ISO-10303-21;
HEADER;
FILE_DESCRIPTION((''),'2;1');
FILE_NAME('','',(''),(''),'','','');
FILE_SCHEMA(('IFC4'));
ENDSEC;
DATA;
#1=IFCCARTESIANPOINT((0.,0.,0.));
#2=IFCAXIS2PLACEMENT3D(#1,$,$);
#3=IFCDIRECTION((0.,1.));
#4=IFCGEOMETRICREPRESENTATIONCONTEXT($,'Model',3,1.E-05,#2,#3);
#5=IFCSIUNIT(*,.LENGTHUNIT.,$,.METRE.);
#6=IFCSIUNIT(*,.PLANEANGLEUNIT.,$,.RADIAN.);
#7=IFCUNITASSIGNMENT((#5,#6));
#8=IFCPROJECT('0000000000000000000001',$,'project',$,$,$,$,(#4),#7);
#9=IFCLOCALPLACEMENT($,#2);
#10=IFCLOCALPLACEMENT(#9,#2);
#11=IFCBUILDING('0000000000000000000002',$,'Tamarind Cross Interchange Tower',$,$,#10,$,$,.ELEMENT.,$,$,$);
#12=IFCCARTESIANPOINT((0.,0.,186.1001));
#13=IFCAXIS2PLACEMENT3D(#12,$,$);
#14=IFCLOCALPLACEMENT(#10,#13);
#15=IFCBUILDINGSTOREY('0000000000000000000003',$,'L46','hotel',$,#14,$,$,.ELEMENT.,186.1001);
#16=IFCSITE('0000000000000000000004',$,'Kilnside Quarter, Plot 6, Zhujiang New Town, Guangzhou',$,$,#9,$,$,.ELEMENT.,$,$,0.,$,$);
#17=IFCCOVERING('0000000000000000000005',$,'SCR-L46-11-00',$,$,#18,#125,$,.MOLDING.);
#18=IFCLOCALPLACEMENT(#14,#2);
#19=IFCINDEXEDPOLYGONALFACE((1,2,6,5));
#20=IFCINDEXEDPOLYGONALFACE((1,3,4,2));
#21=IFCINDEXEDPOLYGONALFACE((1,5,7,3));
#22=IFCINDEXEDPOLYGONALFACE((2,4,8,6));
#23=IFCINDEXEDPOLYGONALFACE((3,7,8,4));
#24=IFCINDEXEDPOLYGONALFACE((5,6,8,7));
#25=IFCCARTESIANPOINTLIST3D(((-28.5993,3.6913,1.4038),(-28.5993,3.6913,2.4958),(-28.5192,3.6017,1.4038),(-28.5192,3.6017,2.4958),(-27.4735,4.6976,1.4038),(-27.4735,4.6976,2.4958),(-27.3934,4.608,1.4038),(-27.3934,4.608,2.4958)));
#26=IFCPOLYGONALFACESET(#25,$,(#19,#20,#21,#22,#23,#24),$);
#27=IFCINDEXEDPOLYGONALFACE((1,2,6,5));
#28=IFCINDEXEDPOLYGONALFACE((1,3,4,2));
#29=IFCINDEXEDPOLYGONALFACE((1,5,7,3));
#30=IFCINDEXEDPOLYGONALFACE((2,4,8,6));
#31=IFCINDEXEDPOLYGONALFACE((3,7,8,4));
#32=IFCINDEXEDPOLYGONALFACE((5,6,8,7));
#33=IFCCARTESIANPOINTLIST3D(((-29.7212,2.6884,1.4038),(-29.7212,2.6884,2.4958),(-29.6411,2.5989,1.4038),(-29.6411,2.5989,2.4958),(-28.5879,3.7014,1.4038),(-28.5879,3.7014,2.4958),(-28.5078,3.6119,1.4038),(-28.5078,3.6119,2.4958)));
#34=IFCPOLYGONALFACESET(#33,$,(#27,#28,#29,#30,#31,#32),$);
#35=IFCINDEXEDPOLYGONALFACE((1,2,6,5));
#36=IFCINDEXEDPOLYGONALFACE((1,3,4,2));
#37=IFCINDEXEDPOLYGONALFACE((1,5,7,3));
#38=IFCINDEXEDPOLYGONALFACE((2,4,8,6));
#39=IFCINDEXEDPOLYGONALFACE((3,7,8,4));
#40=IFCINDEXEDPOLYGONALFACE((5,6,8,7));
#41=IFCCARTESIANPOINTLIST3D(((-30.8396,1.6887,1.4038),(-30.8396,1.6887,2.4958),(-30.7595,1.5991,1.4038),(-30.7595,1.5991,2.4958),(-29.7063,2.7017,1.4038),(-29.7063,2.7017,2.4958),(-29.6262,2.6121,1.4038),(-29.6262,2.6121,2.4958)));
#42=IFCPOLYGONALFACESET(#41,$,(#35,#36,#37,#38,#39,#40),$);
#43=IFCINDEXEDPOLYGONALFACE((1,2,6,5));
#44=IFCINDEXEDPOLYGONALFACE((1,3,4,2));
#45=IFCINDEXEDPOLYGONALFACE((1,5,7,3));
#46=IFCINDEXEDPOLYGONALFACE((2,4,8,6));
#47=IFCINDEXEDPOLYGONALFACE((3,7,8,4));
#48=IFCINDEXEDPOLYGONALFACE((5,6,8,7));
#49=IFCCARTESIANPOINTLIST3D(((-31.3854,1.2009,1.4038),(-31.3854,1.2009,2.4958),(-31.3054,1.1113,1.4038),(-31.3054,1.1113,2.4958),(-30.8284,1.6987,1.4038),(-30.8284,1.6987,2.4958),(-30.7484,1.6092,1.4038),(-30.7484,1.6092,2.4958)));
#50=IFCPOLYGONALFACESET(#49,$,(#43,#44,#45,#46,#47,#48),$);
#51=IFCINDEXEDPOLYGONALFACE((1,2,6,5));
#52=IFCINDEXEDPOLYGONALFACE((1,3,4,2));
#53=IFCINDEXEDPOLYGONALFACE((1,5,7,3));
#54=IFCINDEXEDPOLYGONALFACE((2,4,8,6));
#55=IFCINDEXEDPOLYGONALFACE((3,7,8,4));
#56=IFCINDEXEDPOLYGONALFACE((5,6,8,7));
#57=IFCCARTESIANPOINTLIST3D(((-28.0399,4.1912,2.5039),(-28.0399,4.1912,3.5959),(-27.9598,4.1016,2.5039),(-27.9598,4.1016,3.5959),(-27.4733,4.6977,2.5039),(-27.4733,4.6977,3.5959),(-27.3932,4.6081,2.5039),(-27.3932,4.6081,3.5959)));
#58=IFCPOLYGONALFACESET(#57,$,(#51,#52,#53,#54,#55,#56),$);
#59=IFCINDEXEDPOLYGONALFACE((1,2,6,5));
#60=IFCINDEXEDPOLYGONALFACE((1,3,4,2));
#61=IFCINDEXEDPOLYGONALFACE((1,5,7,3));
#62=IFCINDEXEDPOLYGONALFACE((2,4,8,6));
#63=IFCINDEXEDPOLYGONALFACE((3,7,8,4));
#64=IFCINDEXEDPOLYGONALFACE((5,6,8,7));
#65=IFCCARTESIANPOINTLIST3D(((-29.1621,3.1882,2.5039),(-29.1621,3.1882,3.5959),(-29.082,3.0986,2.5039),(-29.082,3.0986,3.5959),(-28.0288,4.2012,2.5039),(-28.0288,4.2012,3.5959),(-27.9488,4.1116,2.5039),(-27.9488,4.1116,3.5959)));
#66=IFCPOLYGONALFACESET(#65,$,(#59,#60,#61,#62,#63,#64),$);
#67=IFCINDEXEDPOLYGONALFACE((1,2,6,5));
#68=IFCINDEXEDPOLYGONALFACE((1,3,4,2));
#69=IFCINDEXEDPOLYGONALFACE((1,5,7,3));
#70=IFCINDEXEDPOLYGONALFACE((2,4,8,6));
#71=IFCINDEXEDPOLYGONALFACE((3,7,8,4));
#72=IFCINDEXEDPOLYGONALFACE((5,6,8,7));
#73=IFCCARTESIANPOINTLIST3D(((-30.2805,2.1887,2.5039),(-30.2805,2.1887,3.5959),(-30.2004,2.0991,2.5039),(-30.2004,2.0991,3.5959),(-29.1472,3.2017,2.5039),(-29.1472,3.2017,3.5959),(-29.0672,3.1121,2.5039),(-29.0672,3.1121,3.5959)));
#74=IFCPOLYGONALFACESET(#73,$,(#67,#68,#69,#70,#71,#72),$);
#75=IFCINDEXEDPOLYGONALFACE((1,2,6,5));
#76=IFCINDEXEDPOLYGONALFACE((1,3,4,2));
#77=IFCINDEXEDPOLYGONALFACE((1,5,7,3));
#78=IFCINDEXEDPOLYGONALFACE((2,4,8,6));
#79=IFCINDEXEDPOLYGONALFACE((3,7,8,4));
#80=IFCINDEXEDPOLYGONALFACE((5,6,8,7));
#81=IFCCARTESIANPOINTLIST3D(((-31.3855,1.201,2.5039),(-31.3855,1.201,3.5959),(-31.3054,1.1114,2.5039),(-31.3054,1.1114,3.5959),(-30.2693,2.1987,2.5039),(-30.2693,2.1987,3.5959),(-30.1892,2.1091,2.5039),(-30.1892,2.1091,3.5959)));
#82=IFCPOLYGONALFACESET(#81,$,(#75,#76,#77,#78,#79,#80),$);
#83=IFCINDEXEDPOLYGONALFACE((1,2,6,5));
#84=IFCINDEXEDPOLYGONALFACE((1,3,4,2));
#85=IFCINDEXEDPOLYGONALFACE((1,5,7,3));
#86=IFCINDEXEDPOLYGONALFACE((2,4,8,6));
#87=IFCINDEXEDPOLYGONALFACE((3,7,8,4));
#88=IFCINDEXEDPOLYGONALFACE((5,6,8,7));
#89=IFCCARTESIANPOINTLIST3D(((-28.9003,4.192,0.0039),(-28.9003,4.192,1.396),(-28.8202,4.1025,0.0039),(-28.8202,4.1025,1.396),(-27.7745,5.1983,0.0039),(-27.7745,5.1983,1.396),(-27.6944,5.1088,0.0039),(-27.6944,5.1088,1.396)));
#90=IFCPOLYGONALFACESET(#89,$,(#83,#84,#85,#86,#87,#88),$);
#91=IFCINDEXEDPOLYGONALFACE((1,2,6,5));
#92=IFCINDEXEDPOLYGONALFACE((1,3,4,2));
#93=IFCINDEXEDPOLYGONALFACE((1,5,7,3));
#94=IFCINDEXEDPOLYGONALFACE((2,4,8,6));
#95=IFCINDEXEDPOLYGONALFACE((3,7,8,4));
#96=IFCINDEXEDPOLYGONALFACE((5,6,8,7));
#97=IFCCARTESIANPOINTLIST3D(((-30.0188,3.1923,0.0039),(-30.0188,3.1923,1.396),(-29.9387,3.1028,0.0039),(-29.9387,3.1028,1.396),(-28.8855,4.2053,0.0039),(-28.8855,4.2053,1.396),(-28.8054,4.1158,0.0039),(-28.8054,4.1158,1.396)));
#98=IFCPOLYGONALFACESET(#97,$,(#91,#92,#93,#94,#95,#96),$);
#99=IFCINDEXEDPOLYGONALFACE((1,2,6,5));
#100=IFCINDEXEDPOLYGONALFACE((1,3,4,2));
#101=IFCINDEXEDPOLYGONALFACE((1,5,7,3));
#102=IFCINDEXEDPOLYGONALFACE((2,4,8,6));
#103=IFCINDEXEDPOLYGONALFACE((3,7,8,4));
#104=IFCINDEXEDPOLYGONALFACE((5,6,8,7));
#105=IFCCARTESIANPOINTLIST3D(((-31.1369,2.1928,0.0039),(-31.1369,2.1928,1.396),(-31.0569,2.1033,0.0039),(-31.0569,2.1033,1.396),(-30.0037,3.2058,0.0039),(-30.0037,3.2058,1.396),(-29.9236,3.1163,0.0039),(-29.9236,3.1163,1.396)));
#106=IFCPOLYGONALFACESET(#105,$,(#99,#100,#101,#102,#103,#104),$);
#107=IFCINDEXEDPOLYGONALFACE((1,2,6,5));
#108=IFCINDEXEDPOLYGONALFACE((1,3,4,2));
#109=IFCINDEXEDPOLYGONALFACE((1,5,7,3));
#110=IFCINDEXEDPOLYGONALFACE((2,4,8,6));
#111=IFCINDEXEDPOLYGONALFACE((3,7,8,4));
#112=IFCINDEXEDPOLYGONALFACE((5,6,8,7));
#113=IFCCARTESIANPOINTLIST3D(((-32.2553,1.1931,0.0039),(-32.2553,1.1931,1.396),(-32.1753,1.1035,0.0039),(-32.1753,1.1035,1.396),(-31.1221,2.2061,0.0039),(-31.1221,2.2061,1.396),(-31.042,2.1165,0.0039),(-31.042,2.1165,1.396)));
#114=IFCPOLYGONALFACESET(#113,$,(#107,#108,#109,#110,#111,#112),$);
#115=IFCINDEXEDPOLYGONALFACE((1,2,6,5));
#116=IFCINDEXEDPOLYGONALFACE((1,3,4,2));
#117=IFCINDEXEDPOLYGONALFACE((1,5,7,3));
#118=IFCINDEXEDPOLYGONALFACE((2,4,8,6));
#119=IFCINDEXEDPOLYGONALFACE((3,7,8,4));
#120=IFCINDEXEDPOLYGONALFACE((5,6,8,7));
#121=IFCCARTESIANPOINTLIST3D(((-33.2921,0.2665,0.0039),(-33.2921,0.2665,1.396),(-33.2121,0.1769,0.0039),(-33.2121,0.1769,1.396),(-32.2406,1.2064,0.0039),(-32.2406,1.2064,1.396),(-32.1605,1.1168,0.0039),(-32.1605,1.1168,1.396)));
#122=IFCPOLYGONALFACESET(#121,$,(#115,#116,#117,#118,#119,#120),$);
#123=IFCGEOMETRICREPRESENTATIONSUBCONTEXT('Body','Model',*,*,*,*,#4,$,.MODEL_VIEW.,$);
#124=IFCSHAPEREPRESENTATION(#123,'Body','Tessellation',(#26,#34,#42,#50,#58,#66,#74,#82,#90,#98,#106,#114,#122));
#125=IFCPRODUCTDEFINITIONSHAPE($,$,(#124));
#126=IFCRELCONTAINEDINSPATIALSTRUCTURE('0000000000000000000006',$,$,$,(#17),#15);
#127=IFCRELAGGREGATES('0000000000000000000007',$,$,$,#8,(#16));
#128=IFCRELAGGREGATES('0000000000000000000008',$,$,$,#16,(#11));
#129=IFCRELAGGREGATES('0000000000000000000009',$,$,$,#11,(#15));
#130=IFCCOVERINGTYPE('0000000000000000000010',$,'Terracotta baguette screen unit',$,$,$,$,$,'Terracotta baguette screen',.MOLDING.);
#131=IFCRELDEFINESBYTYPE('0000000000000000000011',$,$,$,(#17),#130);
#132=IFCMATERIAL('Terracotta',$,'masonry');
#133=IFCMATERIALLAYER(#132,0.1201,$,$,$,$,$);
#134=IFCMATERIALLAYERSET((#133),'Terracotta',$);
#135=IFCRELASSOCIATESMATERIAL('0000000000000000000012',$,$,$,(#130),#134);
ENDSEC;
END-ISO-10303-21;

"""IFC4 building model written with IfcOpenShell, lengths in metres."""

from ifc_helpers import new_model, si_unit, direction, frame, origin, origin_2d, place, context, subcontext, project, spatial, rectangle, extrude, material, layer, layer_set, type_object, element, save


model = new_model("IFC4")

# Units and contexts
model_context = context("Model", 3, precision=1e-05, world=origin(), true_north=direction((0.0, 1.0)))
body_context = subcontext(model_context, "Body", "Model", "MODEL_VIEW")
ifc_project = project(units=[si_unit("LENGTHUNIT", "METRE"), si_unit("PLANEANGLEUNIT", "RADIAN")], contexts=[model_context])

# Site, building, storey
site_placement = place(None, origin())
site = spatial("IfcSite", under=ifc_project, at=site_placement, Name="Kilnside Quarter, Plot 6, Zhujiang New Town, Guangzhou", CompositionType="ELEMENT", RefElevation=0.0)
building_placement = place(site_placement, origin())
building = spatial("IfcBuilding", under=site, at=building_placement, Name="Tamarind Cross Interchange Tower", CompositionType="ELEMENT")
storey_placement = place(building_placement, frame((0.0, 0.0, 186.1001)))
storey = spatial("IfcBuildingStorey", under=building, at=storey_placement, Name="L46", Description="hotel", CompositionType="ELEMENT", Elevation=186.1001)

# Covering
ifc_material_1 = material(Name="Terracotta", Category="masonry")
ifc_layer_1 = layer(ifc_material_1, 0.1201)
ifc_layer_set_1 = layer_set([ifc_layer_1], Name="Terracotta")
covering_type = type_object("IfcCoveringType", Name="Terracotta baguette screen unit", ElementType="Terracotta baguette screen", PredefinedType="MOLDING", material=ifc_layer_set_1)
covering_1_placement = place(storey_placement, origin())
element("IfcCovering", 1, at=covering_1_placement, inside=storey, type_object=covering_type, Name="SCR-L46-11-00", PredefinedType="MOLDING", context=body_context, shape_type="SweptSolid", body=[
    extrude(rectangle(XDim=1.51, YDim=0.1201, at=origin_2d()), frame((-27.9963, 4.1497, 1.4038), z_axis=(0.0, 0.0, 1.0), x_axis=(-0.745569, -0.666428, 0.0)), (0.0, 0.0, 1.0), 1.092),
    extrude(rectangle(XDim=1.52, YDim=0.1201, at=origin_2d()), frame((-29.1145, 3.1501, 1.4038), z_axis=(0.0, 0.0, 1.0), x_axis=(-0.745569, -0.666428, 0.0)), (0.0, 0.0, 1.0), 1.092),
    extrude(rectangle(XDim=1.52, YDim=0.1201, at=origin_2d()), frame((-30.2329, 2.1504, 1.4038), z_axis=(0.0, 0.0, 1.0), x_axis=(-0.745569, -0.666428, 0.0)), (0.0, 0.0, 1.0), 1.092),
    extrude(rectangle(XDim=0.7471, YDim=0.1201, at=origin_2d()), frame((-31.0669, 1.405, 1.4038), z_axis=(0.0, 0.0, 1.0), x_axis=(-0.745569, -0.666428, 0.0)), (0.0, 0.0, 1.0), 1.092),
    extrude(rectangle(XDim=0.76, YDim=0.1201, at=origin_2d()), frame((-27.7166, 4.3997, 2.5039), z_axis=(0.0, 0.0, 1.0), x_axis=(-0.745569, -0.666428, 0.0)), (0.0, 0.0, 1.0), 1.092),
    extrude(rectangle(XDim=1.52, YDim=0.1201, at=origin_2d()), frame((-28.5554, 3.6499, 2.5039), z_axis=(0.0, 0.0, 1.0), x_axis=(-0.745569, -0.666428, 0.0)), (0.0, 0.0, 1.0), 1.092),
    extrude(rectangle(XDim=1.52, YDim=0.1201, at=origin_2d()), frame((-29.6738, 2.6504, 2.5039), z_axis=(0.0, 0.0, 1.0), x_axis=(-0.745569, -0.666428, 0.0)), (0.0, 0.0, 1.0), 1.092),
    extrude(rectangle(XDim=1.4971, YDim=0.1201, at=origin_2d()), frame((-30.7874, 1.655, 2.5039), z_axis=(0.0, 0.0, 1.0), x_axis=(-0.745569, -0.666428, 0.0)), (0.0, 0.0, 1.0), 1.092),
    extrude(rectangle(XDim=1.51, YDim=0.1201, at=origin_2d()), frame((-28.2974, 4.6504, 0.0039), z_axis=(0.0, 0.0, 1.0), x_axis=(-0.745569, -0.666428, 0.0)), (0.0, 0.0, 1.0), 1.3921),
    extrude(rectangle(XDim=1.52, YDim=0.1201, at=origin_2d()), frame((-29.4121, 3.6541, 0.0039), z_axis=(0.0, 0.0, 1.0), x_axis=(-0.745569, -0.666428, 0.0)), (0.0, 0.0, 1.0), 1.3921),
    extrude(rectangle(XDim=1.52, YDim=0.1201, at=origin_2d()), frame((-30.5303, 2.6545, 0.0039), z_axis=(0.0, 0.0, 1.0), x_axis=(-0.745569, -0.666428, 0.0)), (0.0, 0.0, 1.0), 1.3921),
    extrude(rectangle(XDim=1.52, YDim=0.1201, at=origin_2d()), frame((-31.6487, 1.6548, 0.0039), z_axis=(0.0, 0.0, 1.0), x_axis=(-0.745569, -0.666428, 0.0)), (0.0, 0.0, 1.0), 1.3921),
    extrude(rectangle(XDim=1.4104, YDim=0.1201, at=origin_2d()), frame((-32.7263, 0.6917, 0.0039), z_axis=(0.0, 0.0, 1.0), x_axis=(-0.745569, -0.666428, 0.0)), (0.0, 0.0, 1.0), 1.3921),
])

save(model, "model.ifc")
